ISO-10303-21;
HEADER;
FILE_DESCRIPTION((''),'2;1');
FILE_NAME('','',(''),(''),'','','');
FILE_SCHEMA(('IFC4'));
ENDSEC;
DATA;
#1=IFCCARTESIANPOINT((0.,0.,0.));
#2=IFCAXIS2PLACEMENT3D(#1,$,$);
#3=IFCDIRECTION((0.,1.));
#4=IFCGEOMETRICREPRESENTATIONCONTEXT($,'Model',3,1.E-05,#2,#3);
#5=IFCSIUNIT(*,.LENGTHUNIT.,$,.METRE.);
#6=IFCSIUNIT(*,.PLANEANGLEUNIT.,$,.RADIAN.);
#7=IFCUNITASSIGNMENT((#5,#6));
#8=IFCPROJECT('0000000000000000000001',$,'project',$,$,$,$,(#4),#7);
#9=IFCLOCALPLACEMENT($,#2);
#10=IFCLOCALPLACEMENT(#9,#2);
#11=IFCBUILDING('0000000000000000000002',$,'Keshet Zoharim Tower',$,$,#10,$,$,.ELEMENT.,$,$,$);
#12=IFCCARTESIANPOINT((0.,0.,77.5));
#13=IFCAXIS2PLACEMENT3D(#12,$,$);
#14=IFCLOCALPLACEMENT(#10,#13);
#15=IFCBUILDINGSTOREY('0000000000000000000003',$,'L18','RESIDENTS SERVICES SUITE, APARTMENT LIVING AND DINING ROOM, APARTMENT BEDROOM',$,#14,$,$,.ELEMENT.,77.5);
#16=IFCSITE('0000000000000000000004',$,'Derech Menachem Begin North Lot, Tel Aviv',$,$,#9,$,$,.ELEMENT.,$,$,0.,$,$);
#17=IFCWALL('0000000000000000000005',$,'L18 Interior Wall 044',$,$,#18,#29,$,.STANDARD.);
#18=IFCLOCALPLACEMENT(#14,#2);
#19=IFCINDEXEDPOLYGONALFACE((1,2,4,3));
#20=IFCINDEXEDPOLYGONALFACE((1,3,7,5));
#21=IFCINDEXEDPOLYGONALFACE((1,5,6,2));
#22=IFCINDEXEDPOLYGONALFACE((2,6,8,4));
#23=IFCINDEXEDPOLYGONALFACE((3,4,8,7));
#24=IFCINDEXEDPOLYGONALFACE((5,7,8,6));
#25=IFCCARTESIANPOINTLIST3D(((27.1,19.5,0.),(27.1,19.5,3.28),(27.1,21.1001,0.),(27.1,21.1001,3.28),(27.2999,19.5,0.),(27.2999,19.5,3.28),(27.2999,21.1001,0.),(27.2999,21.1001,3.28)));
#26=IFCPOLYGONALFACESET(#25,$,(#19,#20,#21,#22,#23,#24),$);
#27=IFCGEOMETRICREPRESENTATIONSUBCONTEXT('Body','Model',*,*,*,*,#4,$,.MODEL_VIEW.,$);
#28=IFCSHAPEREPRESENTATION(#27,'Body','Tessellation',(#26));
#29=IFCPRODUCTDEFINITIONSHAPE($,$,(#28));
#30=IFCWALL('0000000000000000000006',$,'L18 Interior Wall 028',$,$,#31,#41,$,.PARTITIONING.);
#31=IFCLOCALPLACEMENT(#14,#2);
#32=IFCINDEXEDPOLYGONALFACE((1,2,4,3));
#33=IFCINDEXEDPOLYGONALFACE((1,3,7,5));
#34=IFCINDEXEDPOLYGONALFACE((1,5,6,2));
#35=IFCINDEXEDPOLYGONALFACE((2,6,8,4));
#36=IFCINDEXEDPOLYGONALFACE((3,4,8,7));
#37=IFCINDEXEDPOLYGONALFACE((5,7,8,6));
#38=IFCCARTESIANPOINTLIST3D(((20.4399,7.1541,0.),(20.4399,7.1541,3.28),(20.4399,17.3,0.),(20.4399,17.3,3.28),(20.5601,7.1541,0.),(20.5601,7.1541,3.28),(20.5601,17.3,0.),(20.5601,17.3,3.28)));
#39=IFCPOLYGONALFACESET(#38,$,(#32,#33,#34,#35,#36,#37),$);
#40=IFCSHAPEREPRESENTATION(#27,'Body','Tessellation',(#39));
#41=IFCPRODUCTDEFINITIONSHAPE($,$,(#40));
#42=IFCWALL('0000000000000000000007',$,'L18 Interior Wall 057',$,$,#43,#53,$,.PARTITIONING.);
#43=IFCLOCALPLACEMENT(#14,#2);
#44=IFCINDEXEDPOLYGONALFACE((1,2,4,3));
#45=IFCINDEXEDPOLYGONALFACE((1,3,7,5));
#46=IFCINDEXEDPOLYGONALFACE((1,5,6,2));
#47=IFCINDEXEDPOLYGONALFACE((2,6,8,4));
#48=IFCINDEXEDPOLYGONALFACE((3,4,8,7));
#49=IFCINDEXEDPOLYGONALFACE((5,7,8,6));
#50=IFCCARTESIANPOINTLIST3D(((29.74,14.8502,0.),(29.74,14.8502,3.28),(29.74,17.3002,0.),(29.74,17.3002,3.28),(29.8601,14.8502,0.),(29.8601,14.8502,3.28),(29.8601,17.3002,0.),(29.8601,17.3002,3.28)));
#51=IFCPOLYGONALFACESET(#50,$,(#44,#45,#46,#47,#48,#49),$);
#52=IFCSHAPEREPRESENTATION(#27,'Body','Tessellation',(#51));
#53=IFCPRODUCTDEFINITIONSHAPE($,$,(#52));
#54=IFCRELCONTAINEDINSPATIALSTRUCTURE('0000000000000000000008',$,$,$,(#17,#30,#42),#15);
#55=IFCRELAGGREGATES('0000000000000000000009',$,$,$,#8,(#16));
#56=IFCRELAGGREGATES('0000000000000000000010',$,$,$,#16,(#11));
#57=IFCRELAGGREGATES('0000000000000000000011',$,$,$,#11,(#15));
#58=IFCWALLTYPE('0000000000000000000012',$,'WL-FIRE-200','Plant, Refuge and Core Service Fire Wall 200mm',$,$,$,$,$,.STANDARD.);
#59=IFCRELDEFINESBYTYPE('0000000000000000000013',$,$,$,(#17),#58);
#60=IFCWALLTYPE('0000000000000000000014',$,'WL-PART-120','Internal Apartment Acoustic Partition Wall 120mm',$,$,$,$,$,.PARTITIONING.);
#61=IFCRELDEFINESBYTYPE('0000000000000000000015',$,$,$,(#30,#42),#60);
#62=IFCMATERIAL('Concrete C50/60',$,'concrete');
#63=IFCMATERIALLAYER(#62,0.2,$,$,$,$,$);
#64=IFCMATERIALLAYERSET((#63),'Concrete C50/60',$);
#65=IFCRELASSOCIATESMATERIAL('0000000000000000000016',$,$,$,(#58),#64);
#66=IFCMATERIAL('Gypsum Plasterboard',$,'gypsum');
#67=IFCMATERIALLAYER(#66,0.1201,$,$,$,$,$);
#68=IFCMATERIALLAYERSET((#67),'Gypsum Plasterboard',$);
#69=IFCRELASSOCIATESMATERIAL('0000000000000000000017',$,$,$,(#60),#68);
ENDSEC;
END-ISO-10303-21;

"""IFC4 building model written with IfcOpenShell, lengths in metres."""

from ifc_helpers import new_model, si_unit, direction, frame, frame_2d, origin, place, context, subcontext, project, spatial, rectangle, extrude, material, layer, layer_set, type_object, element, save


model = new_model("IFC4")

# Units and contexts
model_context = context("Model", 3, precision=1e-05, world=origin(), true_north=direction((0.0, 1.0)))
body_context = subcontext(model_context, "Body", "Model", "MODEL_VIEW")
ifc_project = project(units=[si_unit("LENGTHUNIT", "METRE"), si_unit("PLANEANGLEUNIT", "RADIAN")], contexts=[model_context])

# Site, building, storey
site_placement = place(None, origin())
site = spatial("IfcSite", under=ifc_project, at=site_placement, Name="Derech Menachem Begin North Lot, Tel Aviv", CompositionType="ELEMENT", RefElevation=0.0)
building_placement = place(site_placement, origin())
building = spatial("IfcBuilding", under=site, at=building_placement, Name="Keshet Zoharim Tower", CompositionType="ELEMENT")
storey_placement = place(building_placement, frame((0.0, 0.0, 77.5)))
storey = spatial("IfcBuildingStorey", under=building, at=storey_placement, Name="L18", Description="RESIDENTS SERVICES SUITE, APARTMENT LIVING AND DINING ROOM, APARTMENT BEDROOM", CompositionType="ELEMENT", Elevation=77.5)

# Shared definitions
ifc_material_1 = material(Name="Gypsum Plasterboard", Category="gypsum")

# Wall
ifc_material_2 = material(Name="Concrete C50/60", Category="concrete")
ifc_layer_1 = layer(ifc_material_2, 0.2)
ifc_layer_set_1 = layer_set([ifc_layer_1], Name="Concrete C50/60")
wall_type_1 = type_object("IfcWallType", Name="WL-FIRE-200", Description="Plant, Refuge and Core Service Fire Wall 200mm", PredefinedType="STANDARD", material=ifc_layer_set_1)
wall_1_placement = place(storey_placement, frame((27.2, 19.5, 0.0), z_axis=(0.0, 0.0, 1.0), x_axis=(0.0, 1.0, 0.0)))
element("IfcWall", 1, at=wall_1_placement, inside=storey, type_object=wall_type_1, Name="L18 Interior Wall 044", PredefinedType="STANDARD", context=body_context, shape_type="SweptSolid", body=[
    extrude(rectangle(XDim=1.6001, YDim=0.2, at=frame_2d((0.8, 0.0))), origin(), (0.0, 0.0, 1.0), 3.28),
])

# Walls
ifc_layer_2 = layer(ifc_material_1, 0.1201)
ifc_layer_set_2 = layer_set([ifc_layer_2], Name="Gypsum Plasterboard")
wall_type_2 = type_object("IfcWallType", Name="WL-PART-120", Description="Internal Apartment Acoustic Partition Wall 120mm", PredefinedType="PARTITIONING", material=ifc_layer_set_2)
wall_2_placement = place(storey_placement, frame((20.5, 7.1541, 0.0), z_axis=(0.0, 0.0, 1.0), x_axis=(0.0, 1.0, 0.0)))
element("IfcWall", 2, at=wall_2_placement, inside=storey, type_object=wall_type_2, Name="L18 Interior Wall 028", PredefinedType="PARTITIONING", context=body_context, shape_type="SweptSolid", body=[
    extrude(rectangle(XDim=10.146, YDim=0.1201, at=frame_2d((5.073, 0.0))), origin(), (0.0, 0.0, 1.0), 3.28),
])
wall_3_placement = place(storey_placement, frame((29.8, 14.8501, 0.0), z_axis=(0.0, 0.0, 1.0), x_axis=(0.0, 1.0, 0.0)))
element("IfcWall", 3, at=wall_3_placement, inside=storey, type_object=wall_type_2, Name="L18 Interior Wall 057", PredefinedType="PARTITIONING", context=body_context, shape_type="SweptSolid", body=[
    extrude(rectangle(XDim=2.45, YDim=0.1201, at=frame_2d((1.2251, 0.0))), origin(), (0.0, 0.0, 1.0), 3.28),
])

save(model, "model.ifc")
